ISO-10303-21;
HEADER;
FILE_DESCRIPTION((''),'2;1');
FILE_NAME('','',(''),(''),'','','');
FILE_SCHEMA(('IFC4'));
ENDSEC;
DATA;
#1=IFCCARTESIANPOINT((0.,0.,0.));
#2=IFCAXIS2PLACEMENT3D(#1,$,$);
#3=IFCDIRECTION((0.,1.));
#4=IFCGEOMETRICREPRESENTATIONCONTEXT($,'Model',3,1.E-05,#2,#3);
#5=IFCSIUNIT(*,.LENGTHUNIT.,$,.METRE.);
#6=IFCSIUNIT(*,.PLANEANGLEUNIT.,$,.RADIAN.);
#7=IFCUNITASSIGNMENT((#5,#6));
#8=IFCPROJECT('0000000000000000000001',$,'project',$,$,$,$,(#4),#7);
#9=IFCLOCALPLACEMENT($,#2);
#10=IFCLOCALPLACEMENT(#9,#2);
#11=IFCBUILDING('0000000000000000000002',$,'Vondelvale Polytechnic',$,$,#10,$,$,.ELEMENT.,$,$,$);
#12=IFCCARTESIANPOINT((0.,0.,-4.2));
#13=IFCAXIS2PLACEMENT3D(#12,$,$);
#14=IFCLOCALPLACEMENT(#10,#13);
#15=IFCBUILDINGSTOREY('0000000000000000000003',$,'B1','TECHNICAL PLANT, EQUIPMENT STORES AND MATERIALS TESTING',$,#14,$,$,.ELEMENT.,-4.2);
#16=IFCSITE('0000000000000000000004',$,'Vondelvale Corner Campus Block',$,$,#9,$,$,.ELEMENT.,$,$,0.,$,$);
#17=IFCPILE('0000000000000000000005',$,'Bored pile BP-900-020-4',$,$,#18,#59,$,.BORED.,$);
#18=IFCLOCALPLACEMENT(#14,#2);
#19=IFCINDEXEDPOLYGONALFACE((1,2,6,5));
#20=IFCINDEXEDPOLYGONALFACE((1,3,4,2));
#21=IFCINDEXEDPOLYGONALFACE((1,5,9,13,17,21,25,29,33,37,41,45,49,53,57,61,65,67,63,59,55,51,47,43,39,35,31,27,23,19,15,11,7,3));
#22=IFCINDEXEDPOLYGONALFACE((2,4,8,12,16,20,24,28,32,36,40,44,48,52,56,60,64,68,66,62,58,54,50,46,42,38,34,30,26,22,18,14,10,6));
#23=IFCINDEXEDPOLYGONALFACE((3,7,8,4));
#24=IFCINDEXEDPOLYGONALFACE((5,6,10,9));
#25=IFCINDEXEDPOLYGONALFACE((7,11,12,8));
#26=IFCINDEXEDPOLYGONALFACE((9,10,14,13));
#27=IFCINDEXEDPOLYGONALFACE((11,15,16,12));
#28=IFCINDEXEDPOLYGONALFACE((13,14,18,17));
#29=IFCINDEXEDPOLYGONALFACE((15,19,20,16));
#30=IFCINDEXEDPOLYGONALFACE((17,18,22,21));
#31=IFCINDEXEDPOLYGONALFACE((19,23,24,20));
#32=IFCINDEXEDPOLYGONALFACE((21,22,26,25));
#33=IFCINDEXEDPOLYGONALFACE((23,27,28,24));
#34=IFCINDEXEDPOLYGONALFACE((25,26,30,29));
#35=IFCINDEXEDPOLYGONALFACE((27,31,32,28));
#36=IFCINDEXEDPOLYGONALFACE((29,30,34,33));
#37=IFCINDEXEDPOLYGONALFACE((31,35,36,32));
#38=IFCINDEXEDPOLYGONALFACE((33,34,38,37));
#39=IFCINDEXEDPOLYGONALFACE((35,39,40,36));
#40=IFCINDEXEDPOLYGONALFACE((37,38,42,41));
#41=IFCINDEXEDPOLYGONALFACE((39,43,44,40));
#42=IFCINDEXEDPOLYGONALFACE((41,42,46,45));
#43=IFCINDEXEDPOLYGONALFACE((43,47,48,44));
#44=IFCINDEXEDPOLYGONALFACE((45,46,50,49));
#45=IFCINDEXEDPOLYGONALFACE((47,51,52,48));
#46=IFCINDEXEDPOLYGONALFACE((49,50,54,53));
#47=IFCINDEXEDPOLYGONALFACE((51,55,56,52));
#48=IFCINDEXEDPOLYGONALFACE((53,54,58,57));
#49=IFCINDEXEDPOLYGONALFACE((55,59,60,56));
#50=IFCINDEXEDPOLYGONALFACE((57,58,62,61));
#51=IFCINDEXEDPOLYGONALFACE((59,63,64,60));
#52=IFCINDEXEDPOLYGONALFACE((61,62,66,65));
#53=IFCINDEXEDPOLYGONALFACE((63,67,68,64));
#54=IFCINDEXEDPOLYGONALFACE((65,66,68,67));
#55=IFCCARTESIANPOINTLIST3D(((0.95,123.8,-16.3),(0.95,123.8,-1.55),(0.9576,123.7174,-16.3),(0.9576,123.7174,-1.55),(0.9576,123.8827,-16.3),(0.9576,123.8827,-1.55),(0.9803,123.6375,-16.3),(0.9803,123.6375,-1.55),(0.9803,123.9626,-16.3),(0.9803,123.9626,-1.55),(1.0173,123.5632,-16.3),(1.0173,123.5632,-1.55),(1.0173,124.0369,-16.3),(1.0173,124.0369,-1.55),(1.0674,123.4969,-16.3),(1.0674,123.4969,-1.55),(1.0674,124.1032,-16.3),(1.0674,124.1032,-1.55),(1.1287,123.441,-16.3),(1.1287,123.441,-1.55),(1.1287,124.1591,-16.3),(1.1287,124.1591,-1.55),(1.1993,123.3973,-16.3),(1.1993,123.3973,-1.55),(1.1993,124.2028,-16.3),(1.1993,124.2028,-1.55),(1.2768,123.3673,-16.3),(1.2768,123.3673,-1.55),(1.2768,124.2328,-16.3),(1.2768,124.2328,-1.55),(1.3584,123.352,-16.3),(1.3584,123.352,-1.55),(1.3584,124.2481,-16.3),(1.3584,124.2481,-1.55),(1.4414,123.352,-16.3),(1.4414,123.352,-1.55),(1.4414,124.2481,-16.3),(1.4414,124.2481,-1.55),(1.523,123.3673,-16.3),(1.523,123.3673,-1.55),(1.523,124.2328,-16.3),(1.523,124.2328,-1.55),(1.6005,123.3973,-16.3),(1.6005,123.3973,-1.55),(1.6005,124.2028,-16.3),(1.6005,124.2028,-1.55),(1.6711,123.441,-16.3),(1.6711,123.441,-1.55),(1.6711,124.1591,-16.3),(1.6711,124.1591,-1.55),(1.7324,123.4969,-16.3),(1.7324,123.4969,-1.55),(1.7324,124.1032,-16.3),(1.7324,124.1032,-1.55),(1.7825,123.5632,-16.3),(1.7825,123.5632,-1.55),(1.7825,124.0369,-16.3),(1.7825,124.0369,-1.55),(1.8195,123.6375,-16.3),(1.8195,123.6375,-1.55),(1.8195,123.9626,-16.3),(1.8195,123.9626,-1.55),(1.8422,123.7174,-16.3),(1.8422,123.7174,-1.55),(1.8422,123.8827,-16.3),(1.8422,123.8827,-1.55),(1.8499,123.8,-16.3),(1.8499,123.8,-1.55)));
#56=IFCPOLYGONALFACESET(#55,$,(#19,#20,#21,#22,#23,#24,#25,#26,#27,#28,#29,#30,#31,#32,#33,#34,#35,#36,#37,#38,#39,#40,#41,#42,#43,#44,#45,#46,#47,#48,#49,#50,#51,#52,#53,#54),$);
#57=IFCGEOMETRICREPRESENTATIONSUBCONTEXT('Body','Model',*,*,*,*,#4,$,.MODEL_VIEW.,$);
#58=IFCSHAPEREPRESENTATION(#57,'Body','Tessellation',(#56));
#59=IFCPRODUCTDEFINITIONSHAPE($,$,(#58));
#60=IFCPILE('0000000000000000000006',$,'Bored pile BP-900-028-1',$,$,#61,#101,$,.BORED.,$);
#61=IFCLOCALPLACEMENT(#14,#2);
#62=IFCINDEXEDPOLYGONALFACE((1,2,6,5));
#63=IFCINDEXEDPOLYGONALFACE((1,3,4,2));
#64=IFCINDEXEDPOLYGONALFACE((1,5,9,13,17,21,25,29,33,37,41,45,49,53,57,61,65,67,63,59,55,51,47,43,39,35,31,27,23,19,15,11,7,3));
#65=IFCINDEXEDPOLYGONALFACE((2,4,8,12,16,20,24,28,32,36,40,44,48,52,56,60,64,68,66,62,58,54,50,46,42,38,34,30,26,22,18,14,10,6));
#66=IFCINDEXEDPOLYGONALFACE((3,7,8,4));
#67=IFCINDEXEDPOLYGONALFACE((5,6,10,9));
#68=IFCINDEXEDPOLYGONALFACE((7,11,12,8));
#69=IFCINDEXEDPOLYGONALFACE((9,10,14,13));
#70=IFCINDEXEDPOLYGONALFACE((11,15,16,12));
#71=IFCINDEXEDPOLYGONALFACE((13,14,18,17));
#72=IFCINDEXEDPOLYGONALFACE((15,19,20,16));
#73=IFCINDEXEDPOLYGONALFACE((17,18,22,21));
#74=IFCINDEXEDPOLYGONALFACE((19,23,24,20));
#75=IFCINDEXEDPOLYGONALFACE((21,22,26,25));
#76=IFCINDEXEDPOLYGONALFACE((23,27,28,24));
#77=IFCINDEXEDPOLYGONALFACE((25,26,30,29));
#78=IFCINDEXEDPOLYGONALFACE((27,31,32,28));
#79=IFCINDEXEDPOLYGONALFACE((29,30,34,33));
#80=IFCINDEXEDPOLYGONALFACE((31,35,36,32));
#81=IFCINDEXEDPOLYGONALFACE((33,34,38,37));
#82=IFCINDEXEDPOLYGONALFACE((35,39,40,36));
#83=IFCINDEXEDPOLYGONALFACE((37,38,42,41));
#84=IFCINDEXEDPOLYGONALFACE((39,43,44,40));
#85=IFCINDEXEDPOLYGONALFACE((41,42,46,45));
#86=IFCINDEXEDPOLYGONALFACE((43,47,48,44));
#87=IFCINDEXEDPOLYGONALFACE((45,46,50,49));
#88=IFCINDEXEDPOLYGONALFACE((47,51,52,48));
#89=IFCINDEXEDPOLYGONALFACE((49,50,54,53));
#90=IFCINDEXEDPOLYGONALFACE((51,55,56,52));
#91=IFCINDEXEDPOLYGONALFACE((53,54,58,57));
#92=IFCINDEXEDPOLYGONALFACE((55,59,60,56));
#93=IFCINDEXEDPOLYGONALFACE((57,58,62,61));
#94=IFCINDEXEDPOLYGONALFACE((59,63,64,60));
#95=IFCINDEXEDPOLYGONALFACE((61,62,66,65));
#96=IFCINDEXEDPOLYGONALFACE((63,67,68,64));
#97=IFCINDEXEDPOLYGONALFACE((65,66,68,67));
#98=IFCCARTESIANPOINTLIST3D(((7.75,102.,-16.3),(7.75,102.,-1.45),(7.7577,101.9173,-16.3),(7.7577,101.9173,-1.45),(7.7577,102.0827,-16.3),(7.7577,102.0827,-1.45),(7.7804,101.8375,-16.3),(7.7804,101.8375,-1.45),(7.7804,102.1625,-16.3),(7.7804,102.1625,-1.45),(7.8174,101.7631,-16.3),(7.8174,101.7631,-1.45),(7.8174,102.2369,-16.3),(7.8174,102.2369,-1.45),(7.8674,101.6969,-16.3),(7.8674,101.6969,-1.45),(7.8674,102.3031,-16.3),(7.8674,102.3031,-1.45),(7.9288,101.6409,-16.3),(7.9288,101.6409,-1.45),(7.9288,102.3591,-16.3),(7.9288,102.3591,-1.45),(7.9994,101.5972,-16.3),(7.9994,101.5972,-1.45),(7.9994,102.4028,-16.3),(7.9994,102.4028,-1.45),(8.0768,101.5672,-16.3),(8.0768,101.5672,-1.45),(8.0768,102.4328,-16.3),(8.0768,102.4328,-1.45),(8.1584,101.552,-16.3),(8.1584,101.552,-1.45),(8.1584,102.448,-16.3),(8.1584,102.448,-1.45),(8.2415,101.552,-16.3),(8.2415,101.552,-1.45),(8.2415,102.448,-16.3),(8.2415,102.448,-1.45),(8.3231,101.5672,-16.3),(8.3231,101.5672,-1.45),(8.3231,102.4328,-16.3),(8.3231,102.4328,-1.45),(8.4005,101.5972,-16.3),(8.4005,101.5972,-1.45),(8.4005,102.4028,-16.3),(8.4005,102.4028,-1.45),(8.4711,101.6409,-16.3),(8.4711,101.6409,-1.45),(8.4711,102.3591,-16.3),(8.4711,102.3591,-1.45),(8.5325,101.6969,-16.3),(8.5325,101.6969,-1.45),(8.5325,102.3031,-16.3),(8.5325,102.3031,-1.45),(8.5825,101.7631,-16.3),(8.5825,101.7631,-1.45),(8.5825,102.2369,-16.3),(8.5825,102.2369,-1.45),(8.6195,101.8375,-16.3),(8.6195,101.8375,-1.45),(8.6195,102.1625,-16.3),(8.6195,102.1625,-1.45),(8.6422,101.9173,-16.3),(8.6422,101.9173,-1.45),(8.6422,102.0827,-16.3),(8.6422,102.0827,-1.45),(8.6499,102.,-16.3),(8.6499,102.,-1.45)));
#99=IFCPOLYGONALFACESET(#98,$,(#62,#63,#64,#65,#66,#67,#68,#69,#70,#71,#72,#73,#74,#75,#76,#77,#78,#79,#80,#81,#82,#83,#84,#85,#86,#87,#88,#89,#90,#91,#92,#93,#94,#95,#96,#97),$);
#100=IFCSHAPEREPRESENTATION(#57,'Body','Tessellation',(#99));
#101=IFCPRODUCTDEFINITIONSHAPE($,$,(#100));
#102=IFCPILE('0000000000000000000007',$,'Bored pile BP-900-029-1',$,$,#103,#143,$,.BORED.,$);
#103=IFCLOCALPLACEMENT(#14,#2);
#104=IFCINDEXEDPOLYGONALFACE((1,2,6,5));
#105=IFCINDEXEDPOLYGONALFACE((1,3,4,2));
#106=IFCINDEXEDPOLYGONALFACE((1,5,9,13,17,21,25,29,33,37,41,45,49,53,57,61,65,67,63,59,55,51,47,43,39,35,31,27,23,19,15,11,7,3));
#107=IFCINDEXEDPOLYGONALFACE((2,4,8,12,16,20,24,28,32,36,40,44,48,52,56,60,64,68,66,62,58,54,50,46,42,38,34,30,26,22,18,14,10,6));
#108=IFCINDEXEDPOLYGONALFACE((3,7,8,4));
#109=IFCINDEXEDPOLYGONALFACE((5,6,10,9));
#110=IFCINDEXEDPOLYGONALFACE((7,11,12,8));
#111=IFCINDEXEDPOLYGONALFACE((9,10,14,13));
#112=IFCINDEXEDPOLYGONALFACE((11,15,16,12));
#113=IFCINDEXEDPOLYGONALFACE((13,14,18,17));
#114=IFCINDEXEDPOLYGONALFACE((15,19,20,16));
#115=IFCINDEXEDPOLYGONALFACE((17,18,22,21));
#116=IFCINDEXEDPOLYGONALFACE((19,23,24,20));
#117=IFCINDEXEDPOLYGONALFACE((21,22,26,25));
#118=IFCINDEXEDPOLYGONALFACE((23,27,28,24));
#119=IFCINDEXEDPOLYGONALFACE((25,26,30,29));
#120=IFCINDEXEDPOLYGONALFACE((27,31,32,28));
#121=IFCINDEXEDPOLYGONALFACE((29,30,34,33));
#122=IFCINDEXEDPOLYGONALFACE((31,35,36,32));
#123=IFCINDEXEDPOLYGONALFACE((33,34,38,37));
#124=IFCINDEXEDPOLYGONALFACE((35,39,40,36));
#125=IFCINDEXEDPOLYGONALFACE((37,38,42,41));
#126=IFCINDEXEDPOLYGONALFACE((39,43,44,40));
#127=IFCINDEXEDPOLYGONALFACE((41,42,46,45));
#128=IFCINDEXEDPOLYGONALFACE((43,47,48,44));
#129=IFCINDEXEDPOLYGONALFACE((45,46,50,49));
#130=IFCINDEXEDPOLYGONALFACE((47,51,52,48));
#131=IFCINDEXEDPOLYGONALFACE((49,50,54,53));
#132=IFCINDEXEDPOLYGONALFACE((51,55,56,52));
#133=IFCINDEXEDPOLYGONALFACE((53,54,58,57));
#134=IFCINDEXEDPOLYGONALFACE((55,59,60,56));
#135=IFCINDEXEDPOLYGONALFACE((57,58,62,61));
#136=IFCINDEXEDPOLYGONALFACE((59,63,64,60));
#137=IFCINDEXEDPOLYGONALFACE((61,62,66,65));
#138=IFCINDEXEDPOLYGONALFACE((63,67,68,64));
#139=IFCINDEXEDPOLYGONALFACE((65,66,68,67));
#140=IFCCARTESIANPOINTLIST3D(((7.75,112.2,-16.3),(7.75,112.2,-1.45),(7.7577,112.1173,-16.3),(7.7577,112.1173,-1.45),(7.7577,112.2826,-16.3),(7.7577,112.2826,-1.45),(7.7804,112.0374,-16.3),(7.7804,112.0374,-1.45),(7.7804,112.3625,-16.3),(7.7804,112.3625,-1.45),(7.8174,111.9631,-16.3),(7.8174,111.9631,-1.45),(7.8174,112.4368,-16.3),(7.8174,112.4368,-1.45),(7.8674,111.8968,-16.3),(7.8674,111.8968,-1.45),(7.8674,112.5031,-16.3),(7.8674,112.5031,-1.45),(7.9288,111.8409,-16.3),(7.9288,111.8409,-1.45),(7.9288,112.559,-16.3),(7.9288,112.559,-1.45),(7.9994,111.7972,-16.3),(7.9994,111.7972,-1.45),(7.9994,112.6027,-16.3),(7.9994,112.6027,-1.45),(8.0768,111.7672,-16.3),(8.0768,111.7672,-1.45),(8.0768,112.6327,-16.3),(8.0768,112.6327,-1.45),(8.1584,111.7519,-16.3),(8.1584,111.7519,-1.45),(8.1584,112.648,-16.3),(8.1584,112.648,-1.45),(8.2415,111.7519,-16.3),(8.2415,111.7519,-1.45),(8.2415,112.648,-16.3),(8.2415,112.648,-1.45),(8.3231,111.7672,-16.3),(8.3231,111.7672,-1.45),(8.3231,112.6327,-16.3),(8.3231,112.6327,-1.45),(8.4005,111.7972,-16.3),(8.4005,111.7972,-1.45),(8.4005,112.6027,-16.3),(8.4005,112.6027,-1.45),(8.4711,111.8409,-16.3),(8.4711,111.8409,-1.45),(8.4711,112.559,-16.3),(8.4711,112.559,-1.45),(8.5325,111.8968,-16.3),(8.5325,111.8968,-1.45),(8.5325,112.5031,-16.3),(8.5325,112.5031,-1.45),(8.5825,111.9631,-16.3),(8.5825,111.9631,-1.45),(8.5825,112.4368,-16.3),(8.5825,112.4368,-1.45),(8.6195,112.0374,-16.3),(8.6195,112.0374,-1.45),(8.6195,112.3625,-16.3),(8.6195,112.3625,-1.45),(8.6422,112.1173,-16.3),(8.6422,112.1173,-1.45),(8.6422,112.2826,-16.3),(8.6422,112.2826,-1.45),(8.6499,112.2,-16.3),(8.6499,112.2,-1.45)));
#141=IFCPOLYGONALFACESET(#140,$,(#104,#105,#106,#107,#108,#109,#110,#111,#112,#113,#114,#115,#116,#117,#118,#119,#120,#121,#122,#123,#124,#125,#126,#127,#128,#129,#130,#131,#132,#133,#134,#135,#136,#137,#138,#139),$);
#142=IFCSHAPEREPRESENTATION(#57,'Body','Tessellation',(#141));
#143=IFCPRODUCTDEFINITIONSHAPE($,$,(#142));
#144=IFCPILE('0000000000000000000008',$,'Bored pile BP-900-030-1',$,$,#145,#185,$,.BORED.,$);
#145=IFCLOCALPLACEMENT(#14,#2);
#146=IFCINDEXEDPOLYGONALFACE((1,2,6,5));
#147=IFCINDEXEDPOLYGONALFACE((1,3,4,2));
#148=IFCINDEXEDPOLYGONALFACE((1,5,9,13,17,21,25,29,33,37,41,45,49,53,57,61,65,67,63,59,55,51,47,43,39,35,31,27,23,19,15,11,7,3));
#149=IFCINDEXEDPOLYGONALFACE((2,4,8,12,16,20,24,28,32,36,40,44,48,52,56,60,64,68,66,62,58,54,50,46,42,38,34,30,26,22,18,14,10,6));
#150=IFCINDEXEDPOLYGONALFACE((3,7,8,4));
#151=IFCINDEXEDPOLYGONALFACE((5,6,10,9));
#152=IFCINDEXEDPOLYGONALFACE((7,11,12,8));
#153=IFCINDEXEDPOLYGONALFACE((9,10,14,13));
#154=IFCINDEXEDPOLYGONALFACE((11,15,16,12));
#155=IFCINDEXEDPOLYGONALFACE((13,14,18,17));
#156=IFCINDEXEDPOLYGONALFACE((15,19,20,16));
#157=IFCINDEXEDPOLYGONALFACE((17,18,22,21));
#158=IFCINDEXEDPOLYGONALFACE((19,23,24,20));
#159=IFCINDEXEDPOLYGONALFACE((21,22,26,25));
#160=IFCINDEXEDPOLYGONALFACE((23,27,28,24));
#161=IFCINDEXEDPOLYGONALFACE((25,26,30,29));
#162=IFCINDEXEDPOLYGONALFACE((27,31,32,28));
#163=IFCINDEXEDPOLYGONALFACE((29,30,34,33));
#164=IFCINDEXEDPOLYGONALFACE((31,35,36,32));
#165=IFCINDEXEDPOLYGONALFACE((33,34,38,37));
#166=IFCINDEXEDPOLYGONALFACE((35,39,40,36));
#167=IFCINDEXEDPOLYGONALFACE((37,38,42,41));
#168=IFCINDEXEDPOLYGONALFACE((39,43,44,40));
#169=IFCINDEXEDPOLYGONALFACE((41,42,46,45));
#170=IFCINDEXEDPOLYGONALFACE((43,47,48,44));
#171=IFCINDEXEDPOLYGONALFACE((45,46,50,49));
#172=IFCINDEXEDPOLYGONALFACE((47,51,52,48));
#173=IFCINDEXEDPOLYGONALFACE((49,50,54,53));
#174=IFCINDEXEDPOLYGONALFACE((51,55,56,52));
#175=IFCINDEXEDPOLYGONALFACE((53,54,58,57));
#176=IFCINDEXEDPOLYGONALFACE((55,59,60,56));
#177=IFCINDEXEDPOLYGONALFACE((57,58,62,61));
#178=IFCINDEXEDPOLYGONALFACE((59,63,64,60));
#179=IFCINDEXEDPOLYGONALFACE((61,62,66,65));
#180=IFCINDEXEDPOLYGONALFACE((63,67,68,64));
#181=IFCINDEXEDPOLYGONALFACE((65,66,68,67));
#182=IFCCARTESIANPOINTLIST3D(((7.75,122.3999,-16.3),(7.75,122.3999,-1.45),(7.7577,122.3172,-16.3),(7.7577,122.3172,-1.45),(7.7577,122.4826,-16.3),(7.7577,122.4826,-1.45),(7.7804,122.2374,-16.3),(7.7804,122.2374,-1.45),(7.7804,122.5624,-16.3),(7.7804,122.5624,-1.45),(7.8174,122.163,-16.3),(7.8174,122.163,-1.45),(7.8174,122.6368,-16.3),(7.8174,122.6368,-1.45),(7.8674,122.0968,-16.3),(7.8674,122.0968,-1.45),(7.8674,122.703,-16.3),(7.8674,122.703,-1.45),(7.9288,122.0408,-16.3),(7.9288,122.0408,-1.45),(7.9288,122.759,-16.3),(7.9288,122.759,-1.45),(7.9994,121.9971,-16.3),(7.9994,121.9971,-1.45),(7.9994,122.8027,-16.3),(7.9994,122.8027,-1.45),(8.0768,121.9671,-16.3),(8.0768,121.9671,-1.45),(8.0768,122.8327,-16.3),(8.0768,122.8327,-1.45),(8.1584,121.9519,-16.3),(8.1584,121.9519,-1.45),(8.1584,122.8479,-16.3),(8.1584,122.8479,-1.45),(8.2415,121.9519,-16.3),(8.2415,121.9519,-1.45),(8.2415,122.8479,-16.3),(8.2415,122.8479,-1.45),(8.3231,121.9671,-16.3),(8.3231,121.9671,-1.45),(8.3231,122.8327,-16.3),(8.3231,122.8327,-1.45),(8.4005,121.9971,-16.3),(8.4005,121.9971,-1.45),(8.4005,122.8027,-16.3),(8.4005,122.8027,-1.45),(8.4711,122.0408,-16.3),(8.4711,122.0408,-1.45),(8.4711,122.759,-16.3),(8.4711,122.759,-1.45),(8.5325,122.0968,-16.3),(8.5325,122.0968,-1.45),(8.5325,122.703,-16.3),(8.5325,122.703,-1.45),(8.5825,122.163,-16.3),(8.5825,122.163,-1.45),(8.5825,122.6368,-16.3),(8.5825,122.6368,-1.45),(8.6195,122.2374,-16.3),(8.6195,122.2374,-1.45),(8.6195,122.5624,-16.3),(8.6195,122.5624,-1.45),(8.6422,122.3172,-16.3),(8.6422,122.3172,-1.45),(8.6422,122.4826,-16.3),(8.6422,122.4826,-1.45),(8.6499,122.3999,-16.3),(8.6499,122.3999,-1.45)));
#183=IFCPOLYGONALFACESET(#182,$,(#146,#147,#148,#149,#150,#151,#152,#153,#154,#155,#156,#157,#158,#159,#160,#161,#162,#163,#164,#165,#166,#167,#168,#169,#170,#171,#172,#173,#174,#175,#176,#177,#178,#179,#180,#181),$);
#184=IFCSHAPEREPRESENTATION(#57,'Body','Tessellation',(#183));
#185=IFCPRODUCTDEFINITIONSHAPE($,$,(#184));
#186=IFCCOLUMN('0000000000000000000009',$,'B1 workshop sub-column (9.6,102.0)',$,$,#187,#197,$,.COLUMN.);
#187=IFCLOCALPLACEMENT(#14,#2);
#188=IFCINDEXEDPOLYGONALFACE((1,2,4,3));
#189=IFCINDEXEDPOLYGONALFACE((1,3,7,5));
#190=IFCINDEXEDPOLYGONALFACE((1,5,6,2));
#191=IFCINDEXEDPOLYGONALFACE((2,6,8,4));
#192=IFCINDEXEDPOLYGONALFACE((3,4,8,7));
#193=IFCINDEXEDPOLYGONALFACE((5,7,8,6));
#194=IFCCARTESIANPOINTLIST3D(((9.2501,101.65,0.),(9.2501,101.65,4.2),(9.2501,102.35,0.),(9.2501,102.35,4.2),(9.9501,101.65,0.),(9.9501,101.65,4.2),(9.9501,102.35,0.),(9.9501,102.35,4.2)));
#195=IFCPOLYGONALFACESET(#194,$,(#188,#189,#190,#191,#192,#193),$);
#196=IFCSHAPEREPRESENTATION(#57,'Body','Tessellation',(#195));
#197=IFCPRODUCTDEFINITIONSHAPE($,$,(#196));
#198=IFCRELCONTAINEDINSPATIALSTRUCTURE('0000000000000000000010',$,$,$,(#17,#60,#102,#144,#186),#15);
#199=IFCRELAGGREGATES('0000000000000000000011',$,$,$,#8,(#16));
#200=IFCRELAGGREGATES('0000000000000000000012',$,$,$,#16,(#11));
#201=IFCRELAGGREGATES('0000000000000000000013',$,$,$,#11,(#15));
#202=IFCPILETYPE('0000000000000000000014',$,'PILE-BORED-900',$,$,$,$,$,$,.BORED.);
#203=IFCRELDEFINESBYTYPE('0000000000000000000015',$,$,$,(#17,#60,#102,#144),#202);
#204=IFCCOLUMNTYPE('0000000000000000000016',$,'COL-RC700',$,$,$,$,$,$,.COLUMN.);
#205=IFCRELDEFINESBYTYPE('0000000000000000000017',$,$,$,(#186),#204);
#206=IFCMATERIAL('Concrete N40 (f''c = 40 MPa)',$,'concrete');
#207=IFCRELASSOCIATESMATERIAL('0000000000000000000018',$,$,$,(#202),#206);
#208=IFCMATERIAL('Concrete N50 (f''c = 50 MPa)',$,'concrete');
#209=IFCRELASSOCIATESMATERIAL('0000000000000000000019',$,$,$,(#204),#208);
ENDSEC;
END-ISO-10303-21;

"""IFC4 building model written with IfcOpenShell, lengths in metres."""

from ifc_helpers import new_model, si_unit, direction, frame, origin, origin_2d, place, context, subcontext, project, spatial, rectangle, circle, extrude, material, material_profile, profile_set, type_object, element, save


model = new_model("IFC4")

# Units and contexts
model_context = context("Model", 3, precision=1e-05, world=origin(), true_north=direction((0.0, 1.0)))
body_context = subcontext(model_context, "Body", "Model", "MODEL_VIEW")
ifc_project = project(units=[si_unit("LENGTHUNIT", "METRE"), si_unit("PLANEANGLEUNIT", "RADIAN")], contexts=[model_context])

# Site, building, storey
site_placement = place(None, origin())
site = spatial("IfcSite", under=ifc_project, at=site_placement, Name="Vondelvale Corner Campus Block", CompositionType="ELEMENT", RefElevation=0.0)
building_placement = place(site_placement, origin())
building = spatial("IfcBuilding", under=site, at=building_placement, Name="Vondelvale Polytechnic", CompositionType="ELEMENT")
storey_placement = place(building_placement, frame((0.0, 0.0, -4.2)))
storey = spatial("IfcBuildingStorey", under=building, at=storey_placement, Name="B1", Description="TECHNICAL PLANT, EQUIPMENT STORES AND MATERIALS TESTING", CompositionType="ELEMENT", Elevation=-4.2)

# Shared definitions
ifc_material_1 = material(Name="Concrete N40 (f'c = 40 MPa)", Category="concrete")

# Piles
ifc_material_profile_1 = material_profile(ifc_material_1, circle(Radius=0.45, at=origin_2d()), Name="PILE-D900")
ifc_profile_set_1 = profile_set([ifc_material_profile_1], Name="Concrete N40 (f'c = 40 MPa)")
pile_type_1 = type_object("IfcPileType", Name="PILE-BORED-900", PredefinedType="BORED", material=ifc_profile_set_1)
for number, where, z_axis, x_axis, name in (
    (1, (1.3999, 123.8, -1.55), (0.0, 0.0, -1.0), (1.0, 0.0, 0.0), "Bored pile BP-900-020-4"),
):
    element("IfcPile", number, at=place(storey_placement, frame(where, z_axis=z_axis, x_axis=x_axis)), inside=storey, type_object=pile_type_1, Name=name, PredefinedType="BORED", context=body_context, shape_type="SweptSolid", body=[
        extrude(circle(Radius=0.45, at=origin_2d()), origin(), (0.0, 0.0, 1.0), 14.75),
    ])
for number, where, z_axis, x_axis, name in (
    (2, (8.2, 102.0, -1.45), (0.0, 0.0, -1.0), (1.0, 0.0, 0.0), "Bored pile BP-900-028-1"),
    (3, (8.2, 112.2, -1.45), (0.0, 0.0, -1.0), (1.0, 0.0, 0.0), "Bored pile BP-900-029-1"),
    (4, (8.2, 122.3999, -1.45), (0.0, 0.0, -1.0), (1.0, 0.0, 0.0), "Bored pile BP-900-030-1"),
):
    element("IfcPile", number, at=place(storey_placement, frame(where, z_axis=z_axis, x_axis=x_axis)), inside=storey, type_object=pile_type_1, Name=name, PredefinedType="BORED", context=body_context, shape_type="SweptSolid", body=[
        extrude(circle(Radius=0.45, at=origin_2d()), origin(), (0.0, 0.0, 1.0), 14.8501),
    ])

# Column
ifc_material_2 = material(Name="Concrete N50 (f'c = 50 MPa)", Category="concrete")
ifc_material_profile_2 = material_profile(ifc_material_2, rectangle(XDim=0.7, YDim=0.7, at=origin_2d()), Name="RC-COL-700x700")
ifc_profile_set_2 = profile_set([ifc_material_profile_2], Name="Concrete N50 (f'c = 50 MPa)")
column_type_1 = type_object("IfcColumnType", Name="COL-RC700", PredefinedType="COLUMN", material=ifc_profile_set_2)
column_placement = place(storey_placement, frame((9.6001, 102.0, 0.0), z_axis=(0.0, 0.0, 1.0), x_axis=(1.0, 0.0, 0.0)))
element("IfcColumn", 5, at=column_placement, inside=storey, type_object=column_type_1, Name="B1 workshop sub-column (9.6,102.0)", PredefinedType="COLUMN", context=body_context, shape_type="SweptSolid", body=[
    extrude(rectangle(XDim=0.7, YDim=0.7, at=origin_2d()), origin(), (0.0, 0.0, 1.0), 4.2),
])

save(model, "model.ifc")
